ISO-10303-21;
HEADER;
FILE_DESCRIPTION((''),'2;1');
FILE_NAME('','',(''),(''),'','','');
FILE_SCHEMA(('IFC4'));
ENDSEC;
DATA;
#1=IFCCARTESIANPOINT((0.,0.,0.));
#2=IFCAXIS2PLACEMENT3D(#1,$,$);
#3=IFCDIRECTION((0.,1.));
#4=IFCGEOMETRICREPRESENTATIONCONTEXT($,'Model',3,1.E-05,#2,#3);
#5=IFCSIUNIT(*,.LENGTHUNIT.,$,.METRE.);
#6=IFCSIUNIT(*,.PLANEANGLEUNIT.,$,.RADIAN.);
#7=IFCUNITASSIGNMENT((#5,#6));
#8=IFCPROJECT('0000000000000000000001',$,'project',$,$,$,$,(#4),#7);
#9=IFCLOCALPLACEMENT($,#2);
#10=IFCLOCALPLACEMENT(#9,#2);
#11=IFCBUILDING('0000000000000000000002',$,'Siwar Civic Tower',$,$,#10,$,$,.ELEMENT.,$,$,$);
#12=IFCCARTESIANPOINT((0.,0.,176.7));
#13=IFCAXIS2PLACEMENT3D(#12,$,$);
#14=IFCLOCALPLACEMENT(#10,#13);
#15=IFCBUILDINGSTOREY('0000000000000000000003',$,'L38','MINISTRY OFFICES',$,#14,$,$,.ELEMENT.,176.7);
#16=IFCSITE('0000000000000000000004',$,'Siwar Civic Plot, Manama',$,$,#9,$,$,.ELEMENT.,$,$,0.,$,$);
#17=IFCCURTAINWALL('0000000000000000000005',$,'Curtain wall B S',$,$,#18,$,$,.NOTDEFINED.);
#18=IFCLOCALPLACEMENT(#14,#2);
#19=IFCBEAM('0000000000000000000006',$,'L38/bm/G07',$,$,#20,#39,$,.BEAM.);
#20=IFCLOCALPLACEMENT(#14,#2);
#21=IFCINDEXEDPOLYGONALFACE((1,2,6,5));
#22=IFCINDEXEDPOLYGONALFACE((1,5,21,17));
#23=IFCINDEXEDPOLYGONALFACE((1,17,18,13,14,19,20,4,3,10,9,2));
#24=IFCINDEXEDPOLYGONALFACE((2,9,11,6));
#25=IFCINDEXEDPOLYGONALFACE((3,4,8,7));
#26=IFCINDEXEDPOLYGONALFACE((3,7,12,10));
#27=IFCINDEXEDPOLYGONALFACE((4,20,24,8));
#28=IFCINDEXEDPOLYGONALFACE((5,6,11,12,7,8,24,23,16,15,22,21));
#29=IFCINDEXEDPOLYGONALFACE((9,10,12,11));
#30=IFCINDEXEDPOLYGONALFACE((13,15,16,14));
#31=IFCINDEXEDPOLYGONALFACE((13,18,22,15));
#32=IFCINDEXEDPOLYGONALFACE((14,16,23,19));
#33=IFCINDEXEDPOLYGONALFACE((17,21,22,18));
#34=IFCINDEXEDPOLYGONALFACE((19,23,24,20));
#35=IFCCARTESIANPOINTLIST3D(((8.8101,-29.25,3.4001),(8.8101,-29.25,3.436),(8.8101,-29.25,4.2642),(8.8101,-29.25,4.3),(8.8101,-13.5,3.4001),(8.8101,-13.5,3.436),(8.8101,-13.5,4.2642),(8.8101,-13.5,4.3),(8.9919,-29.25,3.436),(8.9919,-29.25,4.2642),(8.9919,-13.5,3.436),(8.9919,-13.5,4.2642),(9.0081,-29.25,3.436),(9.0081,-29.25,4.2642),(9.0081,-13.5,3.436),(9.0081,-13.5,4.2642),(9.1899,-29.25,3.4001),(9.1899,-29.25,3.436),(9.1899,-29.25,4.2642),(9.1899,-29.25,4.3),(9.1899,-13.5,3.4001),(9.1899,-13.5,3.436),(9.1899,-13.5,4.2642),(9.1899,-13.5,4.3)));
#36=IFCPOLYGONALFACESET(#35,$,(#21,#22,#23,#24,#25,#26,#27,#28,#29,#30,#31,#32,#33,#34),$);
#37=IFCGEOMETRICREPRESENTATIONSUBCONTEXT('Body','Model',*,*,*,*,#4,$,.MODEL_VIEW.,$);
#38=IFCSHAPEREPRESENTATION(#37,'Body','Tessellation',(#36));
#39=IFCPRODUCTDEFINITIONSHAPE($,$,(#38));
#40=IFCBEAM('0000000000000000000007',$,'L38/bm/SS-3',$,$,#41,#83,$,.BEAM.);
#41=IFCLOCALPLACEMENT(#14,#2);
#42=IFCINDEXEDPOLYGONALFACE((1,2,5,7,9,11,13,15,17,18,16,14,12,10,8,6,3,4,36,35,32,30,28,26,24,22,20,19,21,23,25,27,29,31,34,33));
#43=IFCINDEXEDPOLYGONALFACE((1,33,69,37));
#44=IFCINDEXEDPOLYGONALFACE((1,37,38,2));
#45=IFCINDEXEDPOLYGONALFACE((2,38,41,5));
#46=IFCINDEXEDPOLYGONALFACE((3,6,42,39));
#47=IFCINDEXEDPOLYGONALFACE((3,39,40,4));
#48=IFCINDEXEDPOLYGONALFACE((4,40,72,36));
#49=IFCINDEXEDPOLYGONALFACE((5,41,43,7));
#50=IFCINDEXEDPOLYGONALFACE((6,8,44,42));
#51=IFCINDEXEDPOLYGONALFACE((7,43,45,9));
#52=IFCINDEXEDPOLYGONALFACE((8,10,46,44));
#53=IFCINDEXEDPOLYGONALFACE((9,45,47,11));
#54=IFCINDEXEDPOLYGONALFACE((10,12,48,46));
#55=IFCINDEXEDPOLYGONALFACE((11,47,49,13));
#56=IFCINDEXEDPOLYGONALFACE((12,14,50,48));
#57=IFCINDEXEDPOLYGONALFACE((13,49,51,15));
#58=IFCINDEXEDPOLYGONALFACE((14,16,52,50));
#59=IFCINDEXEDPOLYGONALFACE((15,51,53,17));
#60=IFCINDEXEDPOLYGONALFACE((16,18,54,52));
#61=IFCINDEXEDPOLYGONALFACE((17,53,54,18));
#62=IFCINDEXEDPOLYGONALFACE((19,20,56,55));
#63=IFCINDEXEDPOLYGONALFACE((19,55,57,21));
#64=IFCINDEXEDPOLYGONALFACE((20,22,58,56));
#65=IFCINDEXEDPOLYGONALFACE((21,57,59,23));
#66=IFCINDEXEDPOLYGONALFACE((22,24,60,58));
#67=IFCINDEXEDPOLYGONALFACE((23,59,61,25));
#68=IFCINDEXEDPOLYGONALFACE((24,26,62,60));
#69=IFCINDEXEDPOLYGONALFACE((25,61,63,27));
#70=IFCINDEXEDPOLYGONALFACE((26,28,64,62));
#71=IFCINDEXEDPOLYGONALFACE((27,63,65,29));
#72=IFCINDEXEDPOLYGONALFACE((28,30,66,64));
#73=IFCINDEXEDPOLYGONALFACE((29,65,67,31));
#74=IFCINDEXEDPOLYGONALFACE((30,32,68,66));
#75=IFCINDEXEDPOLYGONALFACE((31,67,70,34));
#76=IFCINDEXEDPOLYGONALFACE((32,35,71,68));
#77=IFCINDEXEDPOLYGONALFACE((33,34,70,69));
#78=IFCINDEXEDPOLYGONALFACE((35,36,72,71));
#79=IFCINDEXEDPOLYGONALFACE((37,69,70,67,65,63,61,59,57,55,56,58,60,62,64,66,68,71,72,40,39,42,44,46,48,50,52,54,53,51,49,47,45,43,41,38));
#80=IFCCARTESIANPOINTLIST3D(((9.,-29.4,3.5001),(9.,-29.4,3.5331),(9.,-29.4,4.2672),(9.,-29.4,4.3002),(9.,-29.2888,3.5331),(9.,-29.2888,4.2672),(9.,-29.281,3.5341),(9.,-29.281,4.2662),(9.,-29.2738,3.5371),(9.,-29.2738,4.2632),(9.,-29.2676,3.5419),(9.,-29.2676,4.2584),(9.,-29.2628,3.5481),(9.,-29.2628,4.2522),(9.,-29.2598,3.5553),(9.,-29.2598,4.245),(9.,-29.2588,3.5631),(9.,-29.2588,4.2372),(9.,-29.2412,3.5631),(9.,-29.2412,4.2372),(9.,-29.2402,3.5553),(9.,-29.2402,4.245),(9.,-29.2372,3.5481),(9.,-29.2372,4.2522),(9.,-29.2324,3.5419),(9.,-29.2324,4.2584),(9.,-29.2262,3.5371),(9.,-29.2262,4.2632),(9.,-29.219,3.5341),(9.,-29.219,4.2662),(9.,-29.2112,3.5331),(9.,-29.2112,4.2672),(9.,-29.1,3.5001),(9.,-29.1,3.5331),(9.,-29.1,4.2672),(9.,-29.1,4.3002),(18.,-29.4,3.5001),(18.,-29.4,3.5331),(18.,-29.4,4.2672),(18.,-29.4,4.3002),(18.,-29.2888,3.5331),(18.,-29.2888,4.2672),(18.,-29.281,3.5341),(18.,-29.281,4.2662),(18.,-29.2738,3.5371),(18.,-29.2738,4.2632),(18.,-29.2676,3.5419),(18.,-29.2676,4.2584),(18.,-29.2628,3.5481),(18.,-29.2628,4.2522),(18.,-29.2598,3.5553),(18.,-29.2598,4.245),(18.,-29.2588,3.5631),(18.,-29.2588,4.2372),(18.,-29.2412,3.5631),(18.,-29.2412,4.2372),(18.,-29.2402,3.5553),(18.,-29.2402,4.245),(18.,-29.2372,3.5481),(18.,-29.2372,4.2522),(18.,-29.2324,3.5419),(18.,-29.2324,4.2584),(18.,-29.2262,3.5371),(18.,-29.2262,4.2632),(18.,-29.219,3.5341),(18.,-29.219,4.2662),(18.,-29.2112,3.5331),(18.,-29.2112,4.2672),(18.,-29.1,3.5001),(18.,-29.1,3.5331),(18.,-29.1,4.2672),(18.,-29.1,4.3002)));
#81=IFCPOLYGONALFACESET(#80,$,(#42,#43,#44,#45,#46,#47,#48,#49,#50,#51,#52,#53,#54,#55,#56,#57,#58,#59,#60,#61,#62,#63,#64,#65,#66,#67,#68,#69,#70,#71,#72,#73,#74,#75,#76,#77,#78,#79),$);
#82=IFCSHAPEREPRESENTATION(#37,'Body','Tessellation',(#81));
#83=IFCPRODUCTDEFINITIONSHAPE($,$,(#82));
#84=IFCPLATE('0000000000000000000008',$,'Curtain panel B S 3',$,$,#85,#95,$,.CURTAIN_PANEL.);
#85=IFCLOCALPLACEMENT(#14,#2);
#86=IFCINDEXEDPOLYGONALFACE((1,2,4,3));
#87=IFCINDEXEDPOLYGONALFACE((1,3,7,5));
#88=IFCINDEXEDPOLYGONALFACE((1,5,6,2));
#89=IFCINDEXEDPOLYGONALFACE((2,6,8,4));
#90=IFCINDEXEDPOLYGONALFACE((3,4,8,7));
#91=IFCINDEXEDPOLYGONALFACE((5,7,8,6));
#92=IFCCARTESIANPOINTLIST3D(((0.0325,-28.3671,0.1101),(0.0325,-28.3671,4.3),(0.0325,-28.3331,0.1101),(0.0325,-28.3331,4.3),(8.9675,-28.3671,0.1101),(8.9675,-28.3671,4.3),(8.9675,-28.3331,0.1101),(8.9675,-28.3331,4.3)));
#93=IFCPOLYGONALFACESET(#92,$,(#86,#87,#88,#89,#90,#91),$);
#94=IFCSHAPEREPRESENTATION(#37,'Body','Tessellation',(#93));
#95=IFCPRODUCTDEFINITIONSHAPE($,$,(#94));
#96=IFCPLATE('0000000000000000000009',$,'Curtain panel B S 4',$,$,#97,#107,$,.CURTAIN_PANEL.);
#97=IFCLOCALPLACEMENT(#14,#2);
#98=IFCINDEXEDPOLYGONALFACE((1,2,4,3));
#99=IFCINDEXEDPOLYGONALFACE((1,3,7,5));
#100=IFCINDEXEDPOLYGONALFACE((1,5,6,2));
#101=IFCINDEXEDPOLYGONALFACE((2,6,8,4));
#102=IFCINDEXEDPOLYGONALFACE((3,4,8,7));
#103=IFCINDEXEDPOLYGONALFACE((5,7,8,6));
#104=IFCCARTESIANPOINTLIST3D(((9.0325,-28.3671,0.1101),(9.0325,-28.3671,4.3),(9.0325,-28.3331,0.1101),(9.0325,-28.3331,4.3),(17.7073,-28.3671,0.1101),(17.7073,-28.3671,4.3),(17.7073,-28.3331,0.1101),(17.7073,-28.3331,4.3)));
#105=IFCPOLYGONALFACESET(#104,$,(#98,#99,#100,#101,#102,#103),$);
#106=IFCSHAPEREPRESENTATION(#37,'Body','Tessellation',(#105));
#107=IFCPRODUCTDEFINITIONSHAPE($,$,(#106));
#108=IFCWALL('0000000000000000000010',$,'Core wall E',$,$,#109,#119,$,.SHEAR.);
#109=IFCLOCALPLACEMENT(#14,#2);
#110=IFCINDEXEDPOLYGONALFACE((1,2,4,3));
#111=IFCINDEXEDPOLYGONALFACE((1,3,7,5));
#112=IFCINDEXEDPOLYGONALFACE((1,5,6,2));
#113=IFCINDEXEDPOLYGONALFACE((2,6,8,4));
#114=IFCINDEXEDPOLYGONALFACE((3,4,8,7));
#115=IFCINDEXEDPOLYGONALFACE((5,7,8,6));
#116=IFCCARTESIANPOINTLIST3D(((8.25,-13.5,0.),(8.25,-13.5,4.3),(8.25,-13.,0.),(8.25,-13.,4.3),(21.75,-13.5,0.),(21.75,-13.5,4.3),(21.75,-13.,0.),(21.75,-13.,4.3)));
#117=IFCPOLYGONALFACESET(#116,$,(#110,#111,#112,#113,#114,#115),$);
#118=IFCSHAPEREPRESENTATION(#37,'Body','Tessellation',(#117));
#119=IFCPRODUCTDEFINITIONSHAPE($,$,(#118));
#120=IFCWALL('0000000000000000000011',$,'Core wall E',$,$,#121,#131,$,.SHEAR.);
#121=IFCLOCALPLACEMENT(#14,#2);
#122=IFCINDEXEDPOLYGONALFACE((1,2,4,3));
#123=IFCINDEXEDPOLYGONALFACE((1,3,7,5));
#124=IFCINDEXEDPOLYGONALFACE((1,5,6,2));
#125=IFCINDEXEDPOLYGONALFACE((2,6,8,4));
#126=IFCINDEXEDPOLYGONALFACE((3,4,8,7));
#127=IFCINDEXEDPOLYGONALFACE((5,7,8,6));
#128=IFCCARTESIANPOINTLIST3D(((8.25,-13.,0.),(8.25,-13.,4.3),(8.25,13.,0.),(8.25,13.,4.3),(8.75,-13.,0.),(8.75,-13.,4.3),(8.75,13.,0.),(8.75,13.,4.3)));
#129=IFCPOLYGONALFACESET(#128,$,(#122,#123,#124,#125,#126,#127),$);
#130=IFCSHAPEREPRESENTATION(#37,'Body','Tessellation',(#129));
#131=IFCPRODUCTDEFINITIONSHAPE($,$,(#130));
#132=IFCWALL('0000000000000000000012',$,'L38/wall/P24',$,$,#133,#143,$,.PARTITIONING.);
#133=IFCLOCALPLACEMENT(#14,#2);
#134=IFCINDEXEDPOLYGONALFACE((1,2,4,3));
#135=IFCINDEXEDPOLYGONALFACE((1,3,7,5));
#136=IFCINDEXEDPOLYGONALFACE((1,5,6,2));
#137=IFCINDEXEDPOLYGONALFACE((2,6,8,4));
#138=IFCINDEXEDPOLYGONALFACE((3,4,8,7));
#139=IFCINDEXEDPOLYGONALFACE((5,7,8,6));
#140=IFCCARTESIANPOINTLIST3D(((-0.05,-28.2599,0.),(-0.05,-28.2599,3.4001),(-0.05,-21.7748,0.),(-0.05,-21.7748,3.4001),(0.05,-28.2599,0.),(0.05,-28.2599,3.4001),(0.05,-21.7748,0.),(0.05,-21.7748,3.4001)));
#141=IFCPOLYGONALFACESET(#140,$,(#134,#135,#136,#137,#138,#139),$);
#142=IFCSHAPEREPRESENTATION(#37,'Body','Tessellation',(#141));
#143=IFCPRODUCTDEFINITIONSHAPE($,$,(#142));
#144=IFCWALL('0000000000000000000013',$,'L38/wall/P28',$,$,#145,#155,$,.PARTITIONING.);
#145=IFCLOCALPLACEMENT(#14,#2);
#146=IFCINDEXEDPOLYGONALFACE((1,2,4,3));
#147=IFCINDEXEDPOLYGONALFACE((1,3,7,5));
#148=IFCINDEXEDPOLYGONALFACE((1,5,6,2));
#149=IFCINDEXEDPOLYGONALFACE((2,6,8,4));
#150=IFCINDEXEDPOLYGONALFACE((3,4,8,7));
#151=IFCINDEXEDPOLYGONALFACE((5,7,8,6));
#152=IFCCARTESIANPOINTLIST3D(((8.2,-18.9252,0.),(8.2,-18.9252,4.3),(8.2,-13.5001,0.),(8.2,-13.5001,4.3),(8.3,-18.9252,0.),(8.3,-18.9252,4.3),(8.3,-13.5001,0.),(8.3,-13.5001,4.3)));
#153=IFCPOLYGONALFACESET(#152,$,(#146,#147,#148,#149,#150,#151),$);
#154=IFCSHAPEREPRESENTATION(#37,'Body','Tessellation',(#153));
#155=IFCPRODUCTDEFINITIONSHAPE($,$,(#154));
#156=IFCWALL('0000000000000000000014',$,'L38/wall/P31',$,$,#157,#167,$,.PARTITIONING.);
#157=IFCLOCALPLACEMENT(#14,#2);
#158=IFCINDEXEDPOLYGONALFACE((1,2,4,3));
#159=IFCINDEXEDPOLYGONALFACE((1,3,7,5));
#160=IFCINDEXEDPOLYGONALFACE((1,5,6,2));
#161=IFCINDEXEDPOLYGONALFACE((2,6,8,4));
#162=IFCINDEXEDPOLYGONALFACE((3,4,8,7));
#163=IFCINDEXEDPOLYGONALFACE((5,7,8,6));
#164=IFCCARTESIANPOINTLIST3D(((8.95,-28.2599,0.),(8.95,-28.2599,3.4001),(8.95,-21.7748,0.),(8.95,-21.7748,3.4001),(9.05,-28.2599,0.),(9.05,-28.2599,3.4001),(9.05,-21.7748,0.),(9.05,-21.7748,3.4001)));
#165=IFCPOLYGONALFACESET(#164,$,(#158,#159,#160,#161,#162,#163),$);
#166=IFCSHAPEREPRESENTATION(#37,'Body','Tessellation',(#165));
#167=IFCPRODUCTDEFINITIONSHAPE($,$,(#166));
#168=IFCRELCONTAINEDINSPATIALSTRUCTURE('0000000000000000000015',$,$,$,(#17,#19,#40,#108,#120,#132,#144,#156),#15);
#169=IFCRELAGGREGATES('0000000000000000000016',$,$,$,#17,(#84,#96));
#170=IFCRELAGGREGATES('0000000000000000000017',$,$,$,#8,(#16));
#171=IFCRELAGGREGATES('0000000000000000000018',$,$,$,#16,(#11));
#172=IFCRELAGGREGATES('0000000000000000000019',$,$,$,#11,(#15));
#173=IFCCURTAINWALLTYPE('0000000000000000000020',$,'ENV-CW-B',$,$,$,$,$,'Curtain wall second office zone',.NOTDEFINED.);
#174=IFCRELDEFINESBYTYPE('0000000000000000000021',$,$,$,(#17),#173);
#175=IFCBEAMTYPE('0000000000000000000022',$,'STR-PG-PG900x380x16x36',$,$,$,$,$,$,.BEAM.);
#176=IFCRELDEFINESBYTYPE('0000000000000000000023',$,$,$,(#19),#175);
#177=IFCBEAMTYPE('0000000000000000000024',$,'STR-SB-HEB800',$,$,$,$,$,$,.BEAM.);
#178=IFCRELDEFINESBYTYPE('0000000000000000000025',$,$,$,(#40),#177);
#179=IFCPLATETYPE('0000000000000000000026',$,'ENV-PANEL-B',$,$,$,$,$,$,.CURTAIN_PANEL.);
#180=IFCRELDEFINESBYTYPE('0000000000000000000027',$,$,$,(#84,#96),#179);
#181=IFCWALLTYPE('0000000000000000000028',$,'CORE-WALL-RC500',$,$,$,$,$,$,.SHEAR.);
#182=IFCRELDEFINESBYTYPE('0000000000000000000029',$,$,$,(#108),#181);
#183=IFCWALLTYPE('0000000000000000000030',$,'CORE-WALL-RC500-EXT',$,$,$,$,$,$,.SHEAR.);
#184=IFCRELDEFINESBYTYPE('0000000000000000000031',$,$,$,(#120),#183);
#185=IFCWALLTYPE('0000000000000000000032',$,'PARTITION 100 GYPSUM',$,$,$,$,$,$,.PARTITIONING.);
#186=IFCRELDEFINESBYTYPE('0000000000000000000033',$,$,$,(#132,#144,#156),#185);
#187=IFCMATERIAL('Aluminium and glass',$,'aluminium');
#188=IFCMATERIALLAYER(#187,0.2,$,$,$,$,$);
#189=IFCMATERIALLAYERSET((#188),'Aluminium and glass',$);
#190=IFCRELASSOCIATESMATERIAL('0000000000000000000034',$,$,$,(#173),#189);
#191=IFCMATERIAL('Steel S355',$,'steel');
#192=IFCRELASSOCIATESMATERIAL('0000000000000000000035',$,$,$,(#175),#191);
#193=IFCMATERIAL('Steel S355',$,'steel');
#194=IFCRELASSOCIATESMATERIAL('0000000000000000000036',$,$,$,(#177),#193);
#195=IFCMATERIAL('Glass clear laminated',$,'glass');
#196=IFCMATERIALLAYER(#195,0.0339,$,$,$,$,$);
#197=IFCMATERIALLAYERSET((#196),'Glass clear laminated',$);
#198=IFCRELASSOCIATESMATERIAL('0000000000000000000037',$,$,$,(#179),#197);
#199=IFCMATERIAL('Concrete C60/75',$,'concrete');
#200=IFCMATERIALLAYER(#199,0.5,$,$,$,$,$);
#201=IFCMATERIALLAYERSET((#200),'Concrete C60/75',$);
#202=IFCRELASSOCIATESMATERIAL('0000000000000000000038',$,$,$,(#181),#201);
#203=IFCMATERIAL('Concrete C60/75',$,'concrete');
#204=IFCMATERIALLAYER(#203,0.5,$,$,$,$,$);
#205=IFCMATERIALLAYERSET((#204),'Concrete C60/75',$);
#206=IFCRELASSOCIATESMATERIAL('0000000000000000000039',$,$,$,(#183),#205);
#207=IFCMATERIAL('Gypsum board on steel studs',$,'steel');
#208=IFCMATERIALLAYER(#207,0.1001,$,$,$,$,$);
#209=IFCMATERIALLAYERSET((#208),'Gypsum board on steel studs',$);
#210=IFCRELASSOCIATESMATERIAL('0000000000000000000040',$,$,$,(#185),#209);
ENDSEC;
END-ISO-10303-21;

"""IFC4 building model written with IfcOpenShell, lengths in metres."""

from ifc_helpers import new_model, si_unit, direction, frame, frame_2d, origin, origin_2d, place, context, subcontext, project, spatial, rectangle, i_section, extrude, material, layer, layer_set, material_profile, profile_set, type_object, element, aggregate, save


model = new_model("IFC4")

# Units and contexts
model_context = context("Model", 3, precision=1e-05, world=origin(), true_north=direction((0.0, 1.0)))
body_context = subcontext(model_context, "Body", "Model", "MODEL_VIEW")
ifc_project = project(units=[si_unit("LENGTHUNIT", "METRE"), si_unit("PLANEANGLEUNIT", "RADIAN")], contexts=[model_context])

# Site, building, storey
site_placement = place(None, origin())
site = spatial("IfcSite", under=ifc_project, at=site_placement, Name="Siwar Civic Plot, Manama", CompositionType="ELEMENT", RefElevation=0.0)
building_placement = place(site_placement, origin())
building = spatial("IfcBuilding", under=site, at=building_placement, Name="Siwar Civic Tower", CompositionType="ELEMENT")
storey_placement = place(building_placement, frame((0.0, 0.0, 176.7)))
storey = spatial("IfcBuildingStorey", under=building, at=storey_placement, Name="L38", Description="MINISTRY OFFICES", CompositionType="ELEMENT", Elevation=176.7)

# Curtain wall
ifc_material_1 = material(Name="Aluminium and glass", Category="aluminium")
ifc_layer_1 = layer(ifc_material_1, 0.2)
ifc_layer_set_1 = layer_set([ifc_layer_1], Name="Aluminium and glass")
curtain_wall_type = type_object("IfcCurtainWallType", Name="ENV-CW-B", ElementType="Curtain wall second office zone", PredefinedType="NOTDEFINED", material=ifc_layer_set_1)
curtain_wall_placement = place(storey_placement, origin())
curtain_wall = element("IfcCurtainWall", 1, at=curtain_wall_placement, inside=storey, type_object=curtain_wall_type, Name="Curtain wall B S", PredefinedType="NOTDEFINED")

# Beams
ifc_material_2 = material(Name="Steel S355", Category="steel")
ifc_material_profile_1 = material_profile(ifc_material_2, i_section(OverallWidth=0.3799, OverallDepth=0.8999, WebThickness=0.0161, FlangeThickness=0.0359, at=origin_2d()), Name="PG900x380x16x36")
ifc_profile_set_1 = profile_set([ifc_material_profile_1], Name="Steel S355")
beam_type_1 = type_object("IfcBeamType", Name="STR-PG-PG900x380x16x36", PredefinedType="BEAM", material=ifc_profile_set_1)
beam_1_placement = place(storey_placement, frame((9.0, -29.25, 3.8501), z_axis=(0.0, 1.0, 0.0), x_axis=(-1.0, 0.0, 0.0)))
element("IfcBeam", 2, at=beam_1_placement, inside=storey, type_object=beam_type_1, Name="L38/bm/G07", PredefinedType="BEAM", context=body_context, shape_type="SweptSolid", body=[
    extrude(i_section(OverallWidth=0.3799, OverallDepth=0.8999, WebThickness=0.0161, FlangeThickness=0.0359, at=origin_2d()), origin(), (0.0, 0.0, 1.0), 15.75),
])
ifc_material_3 = material(Name="Steel S355", Category="steel")
ifc_material_profile_2 = material_profile(ifc_material_3, i_section(OverallWidth=0.3, OverallDepth=0.8, WebThickness=0.0176, FlangeThickness=0.033, FilletRadius=0.03, at=origin_2d()), Name="HEB800")
ifc_profile_set_2 = profile_set([ifc_material_profile_2], Name="Steel S355")
beam_type_2 = type_object("IfcBeamType", Name="STR-SB-HEB800", PredefinedType="BEAM", material=ifc_profile_set_2)
beam_2_placement = place(storey_placement, frame((9.0, -29.25, 3.9001), z_axis=(1.0, 0.0, 0.0), x_axis=(0.0, 1.0, 0.0)))
element("IfcBeam", 3, at=beam_2_placement, inside=storey, type_object=beam_type_2, Name="L38/bm/SS-3", PredefinedType="BEAM", context=body_context, shape_type="SweptSolid", body=[
    extrude(i_section(OverallWidth=0.3, OverallDepth=0.8, WebThickness=0.0176, FlangeThickness=0.033, FilletRadius=0.03, at=origin_2d()), origin(), (0.0, 0.0, 1.0), 9.0),
])

# Plates
ifc_material_4 = material(Name="Glass clear laminated", Category="glass")
ifc_layer_2 = layer(ifc_material_4, 0.0339)
ifc_layer_set_2 = layer_set([ifc_layer_2], Name="Glass clear laminated")
plate_type = type_object("IfcPlateType", Name="ENV-PANEL-B", PredefinedType="CURTAIN_PANEL", material=ifc_layer_set_2)
plate_1_placement = place(storey_placement, frame((4.5, -28.3501, 0.1101), z_axis=(0.0, 0.0, 1.0), x_axis=(1.0, 0.0, 0.0)))
plate_1 = element("IfcPlate", 4, at=plate_1_placement, type_object=plate_type, Name="Curtain panel B S 3", PredefinedType="CURTAIN_PANEL", context=body_context, shape_type="SweptSolid", body=[
    extrude(rectangle(XDim=8.9351, YDim=0.0339, at=origin_2d()), origin(), (0.0, 0.0, 1.0), 4.1899),
])
plate_2_placement = place(storey_placement, frame((13.3699, -28.3501, 0.1101), z_axis=(0.0, 0.0, 1.0), x_axis=(1.0, 0.0, 0.0)))
plate_2 = element("IfcPlate", 5, at=plate_2_placement, type_object=plate_type, Name="Curtain panel B S 4", PredefinedType="CURTAIN_PANEL", context=body_context, shape_type="SweptSolid", body=[
    extrude(rectangle(XDim=8.6748, YDim=0.0339, at=origin_2d()), origin(), (0.0, 0.0, 1.0), 4.1899),
])
aggregate(curtain_wall, [plate_1, plate_2])

# Walls
ifc_material_5 = material(Name="Concrete C60/75", Category="concrete")
ifc_layer_3 = layer(ifc_material_5, 0.5)
ifc_layer_set_3 = layer_set([ifc_layer_3], Name="Concrete C60/75")
wall_type_1 = type_object("IfcWallType", Name="CORE-WALL-RC500", PredefinedType="SHEAR", material=ifc_layer_set_3)
wall_1_placement = place(storey_placement, frame((8.25, -13.25, 0.0), z_axis=(0.0, 0.0, 1.0), x_axis=(1.0, 0.0, 0.0)))
element("IfcWall", 6, at=wall_1_placement, inside=storey, type_object=wall_type_1, Name="Core wall E", PredefinedType="SHEAR", context=body_context, shape_type="SweptSolid", body=[
    extrude(rectangle(XDim=13.5, YDim=0.5, at=frame_2d((6.75, 0.0))), origin(), (0.0, 0.0, 1.0), 4.3),
])
ifc_material_6 = material(Name="Concrete C60/75", Category="concrete")
ifc_layer_4 = layer(ifc_material_6, 0.5)
ifc_layer_set_4 = layer_set([ifc_layer_4], Name="Concrete C60/75")
wall_type_2 = type_object("IfcWallType", Name="CORE-WALL-RC500-EXT", PredefinedType="SHEAR", material=ifc_layer_set_4)
wall_2_placement = place(storey_placement, frame((8.5, -13.0, 0.0), z_axis=(0.0, 0.0, 1.0), x_axis=(0.0, 1.0, 0.0)))
element("IfcWall", 7, at=wall_2_placement, inside=storey, type_object=wall_type_2, Name="Core wall E", PredefinedType="SHEAR", context=body_context, shape_type="SweptSolid", body=[
    extrude(rectangle(XDim=26.0, YDim=0.5, at=frame_2d((13.0, 0.0))), origin(), (0.0, 0.0, 1.0), 4.3),
])
ifc_material_7 = material(Name="Gypsum board on steel studs", Category="steel")
ifc_layer_5 = layer(ifc_material_7, 0.1001)
ifc_layer_set_5 = layer_set([ifc_layer_5], Name="Gypsum board on steel studs")
wall_type_3 = type_object("IfcWallType", Name="PARTITION 100 GYPSUM", PredefinedType="PARTITIONING", material=ifc_layer_set_5)
wall_3_placement = place(storey_placement, frame((0.0, -28.26, 0.0), z_axis=(0.0, 0.0, 1.0), x_axis=(0.0, 1.0, 0.0)))
element("IfcWall", 8, at=wall_3_placement, inside=storey, type_object=wall_type_3, Name="L38/wall/P24", PredefinedType="PARTITIONING", context=body_context, shape_type="SweptSolid", body=[
    extrude(rectangle(XDim=6.4851, YDim=0.1001, at=frame_2d((3.2427, 0.0))), origin(), (0.0, 0.0, 1.0), 3.4001),
])
wall_4_placement = place(storey_placement, frame((8.25, -18.925, 0.0), z_axis=(0.0, 0.0, 1.0), x_axis=(0.0, 1.0, 0.0)))
element("IfcWall", 9, at=wall_4_placement, inside=storey, type_object=wall_type_3, Name="L38/wall/P28", PredefinedType="PARTITIONING", context=body_context, shape_type="SweptSolid", body=[
    extrude(rectangle(XDim=5.425, YDim=0.1001, at=frame_2d((2.7124, 0.0))), origin(), (0.0, 0.0, 1.0), 4.3),
])
wall_5_placement = place(storey_placement, frame((9.0, -28.26, 0.0), z_axis=(0.0, 0.0, 1.0), x_axis=(0.0, 1.0, 0.0)))
element("IfcWall", 10, at=wall_5_placement, inside=storey, type_object=wall_type_3, Name="L38/wall/P31", PredefinedType="PARTITIONING", context=body_context, shape_type="SweptSolid", body=[
    extrude(rectangle(XDim=6.4851, YDim=0.1001, at=frame_2d((3.2427, 0.0))), origin(), (0.0, 0.0, 1.0), 3.4001),
])

save(model, "model.ifc")
